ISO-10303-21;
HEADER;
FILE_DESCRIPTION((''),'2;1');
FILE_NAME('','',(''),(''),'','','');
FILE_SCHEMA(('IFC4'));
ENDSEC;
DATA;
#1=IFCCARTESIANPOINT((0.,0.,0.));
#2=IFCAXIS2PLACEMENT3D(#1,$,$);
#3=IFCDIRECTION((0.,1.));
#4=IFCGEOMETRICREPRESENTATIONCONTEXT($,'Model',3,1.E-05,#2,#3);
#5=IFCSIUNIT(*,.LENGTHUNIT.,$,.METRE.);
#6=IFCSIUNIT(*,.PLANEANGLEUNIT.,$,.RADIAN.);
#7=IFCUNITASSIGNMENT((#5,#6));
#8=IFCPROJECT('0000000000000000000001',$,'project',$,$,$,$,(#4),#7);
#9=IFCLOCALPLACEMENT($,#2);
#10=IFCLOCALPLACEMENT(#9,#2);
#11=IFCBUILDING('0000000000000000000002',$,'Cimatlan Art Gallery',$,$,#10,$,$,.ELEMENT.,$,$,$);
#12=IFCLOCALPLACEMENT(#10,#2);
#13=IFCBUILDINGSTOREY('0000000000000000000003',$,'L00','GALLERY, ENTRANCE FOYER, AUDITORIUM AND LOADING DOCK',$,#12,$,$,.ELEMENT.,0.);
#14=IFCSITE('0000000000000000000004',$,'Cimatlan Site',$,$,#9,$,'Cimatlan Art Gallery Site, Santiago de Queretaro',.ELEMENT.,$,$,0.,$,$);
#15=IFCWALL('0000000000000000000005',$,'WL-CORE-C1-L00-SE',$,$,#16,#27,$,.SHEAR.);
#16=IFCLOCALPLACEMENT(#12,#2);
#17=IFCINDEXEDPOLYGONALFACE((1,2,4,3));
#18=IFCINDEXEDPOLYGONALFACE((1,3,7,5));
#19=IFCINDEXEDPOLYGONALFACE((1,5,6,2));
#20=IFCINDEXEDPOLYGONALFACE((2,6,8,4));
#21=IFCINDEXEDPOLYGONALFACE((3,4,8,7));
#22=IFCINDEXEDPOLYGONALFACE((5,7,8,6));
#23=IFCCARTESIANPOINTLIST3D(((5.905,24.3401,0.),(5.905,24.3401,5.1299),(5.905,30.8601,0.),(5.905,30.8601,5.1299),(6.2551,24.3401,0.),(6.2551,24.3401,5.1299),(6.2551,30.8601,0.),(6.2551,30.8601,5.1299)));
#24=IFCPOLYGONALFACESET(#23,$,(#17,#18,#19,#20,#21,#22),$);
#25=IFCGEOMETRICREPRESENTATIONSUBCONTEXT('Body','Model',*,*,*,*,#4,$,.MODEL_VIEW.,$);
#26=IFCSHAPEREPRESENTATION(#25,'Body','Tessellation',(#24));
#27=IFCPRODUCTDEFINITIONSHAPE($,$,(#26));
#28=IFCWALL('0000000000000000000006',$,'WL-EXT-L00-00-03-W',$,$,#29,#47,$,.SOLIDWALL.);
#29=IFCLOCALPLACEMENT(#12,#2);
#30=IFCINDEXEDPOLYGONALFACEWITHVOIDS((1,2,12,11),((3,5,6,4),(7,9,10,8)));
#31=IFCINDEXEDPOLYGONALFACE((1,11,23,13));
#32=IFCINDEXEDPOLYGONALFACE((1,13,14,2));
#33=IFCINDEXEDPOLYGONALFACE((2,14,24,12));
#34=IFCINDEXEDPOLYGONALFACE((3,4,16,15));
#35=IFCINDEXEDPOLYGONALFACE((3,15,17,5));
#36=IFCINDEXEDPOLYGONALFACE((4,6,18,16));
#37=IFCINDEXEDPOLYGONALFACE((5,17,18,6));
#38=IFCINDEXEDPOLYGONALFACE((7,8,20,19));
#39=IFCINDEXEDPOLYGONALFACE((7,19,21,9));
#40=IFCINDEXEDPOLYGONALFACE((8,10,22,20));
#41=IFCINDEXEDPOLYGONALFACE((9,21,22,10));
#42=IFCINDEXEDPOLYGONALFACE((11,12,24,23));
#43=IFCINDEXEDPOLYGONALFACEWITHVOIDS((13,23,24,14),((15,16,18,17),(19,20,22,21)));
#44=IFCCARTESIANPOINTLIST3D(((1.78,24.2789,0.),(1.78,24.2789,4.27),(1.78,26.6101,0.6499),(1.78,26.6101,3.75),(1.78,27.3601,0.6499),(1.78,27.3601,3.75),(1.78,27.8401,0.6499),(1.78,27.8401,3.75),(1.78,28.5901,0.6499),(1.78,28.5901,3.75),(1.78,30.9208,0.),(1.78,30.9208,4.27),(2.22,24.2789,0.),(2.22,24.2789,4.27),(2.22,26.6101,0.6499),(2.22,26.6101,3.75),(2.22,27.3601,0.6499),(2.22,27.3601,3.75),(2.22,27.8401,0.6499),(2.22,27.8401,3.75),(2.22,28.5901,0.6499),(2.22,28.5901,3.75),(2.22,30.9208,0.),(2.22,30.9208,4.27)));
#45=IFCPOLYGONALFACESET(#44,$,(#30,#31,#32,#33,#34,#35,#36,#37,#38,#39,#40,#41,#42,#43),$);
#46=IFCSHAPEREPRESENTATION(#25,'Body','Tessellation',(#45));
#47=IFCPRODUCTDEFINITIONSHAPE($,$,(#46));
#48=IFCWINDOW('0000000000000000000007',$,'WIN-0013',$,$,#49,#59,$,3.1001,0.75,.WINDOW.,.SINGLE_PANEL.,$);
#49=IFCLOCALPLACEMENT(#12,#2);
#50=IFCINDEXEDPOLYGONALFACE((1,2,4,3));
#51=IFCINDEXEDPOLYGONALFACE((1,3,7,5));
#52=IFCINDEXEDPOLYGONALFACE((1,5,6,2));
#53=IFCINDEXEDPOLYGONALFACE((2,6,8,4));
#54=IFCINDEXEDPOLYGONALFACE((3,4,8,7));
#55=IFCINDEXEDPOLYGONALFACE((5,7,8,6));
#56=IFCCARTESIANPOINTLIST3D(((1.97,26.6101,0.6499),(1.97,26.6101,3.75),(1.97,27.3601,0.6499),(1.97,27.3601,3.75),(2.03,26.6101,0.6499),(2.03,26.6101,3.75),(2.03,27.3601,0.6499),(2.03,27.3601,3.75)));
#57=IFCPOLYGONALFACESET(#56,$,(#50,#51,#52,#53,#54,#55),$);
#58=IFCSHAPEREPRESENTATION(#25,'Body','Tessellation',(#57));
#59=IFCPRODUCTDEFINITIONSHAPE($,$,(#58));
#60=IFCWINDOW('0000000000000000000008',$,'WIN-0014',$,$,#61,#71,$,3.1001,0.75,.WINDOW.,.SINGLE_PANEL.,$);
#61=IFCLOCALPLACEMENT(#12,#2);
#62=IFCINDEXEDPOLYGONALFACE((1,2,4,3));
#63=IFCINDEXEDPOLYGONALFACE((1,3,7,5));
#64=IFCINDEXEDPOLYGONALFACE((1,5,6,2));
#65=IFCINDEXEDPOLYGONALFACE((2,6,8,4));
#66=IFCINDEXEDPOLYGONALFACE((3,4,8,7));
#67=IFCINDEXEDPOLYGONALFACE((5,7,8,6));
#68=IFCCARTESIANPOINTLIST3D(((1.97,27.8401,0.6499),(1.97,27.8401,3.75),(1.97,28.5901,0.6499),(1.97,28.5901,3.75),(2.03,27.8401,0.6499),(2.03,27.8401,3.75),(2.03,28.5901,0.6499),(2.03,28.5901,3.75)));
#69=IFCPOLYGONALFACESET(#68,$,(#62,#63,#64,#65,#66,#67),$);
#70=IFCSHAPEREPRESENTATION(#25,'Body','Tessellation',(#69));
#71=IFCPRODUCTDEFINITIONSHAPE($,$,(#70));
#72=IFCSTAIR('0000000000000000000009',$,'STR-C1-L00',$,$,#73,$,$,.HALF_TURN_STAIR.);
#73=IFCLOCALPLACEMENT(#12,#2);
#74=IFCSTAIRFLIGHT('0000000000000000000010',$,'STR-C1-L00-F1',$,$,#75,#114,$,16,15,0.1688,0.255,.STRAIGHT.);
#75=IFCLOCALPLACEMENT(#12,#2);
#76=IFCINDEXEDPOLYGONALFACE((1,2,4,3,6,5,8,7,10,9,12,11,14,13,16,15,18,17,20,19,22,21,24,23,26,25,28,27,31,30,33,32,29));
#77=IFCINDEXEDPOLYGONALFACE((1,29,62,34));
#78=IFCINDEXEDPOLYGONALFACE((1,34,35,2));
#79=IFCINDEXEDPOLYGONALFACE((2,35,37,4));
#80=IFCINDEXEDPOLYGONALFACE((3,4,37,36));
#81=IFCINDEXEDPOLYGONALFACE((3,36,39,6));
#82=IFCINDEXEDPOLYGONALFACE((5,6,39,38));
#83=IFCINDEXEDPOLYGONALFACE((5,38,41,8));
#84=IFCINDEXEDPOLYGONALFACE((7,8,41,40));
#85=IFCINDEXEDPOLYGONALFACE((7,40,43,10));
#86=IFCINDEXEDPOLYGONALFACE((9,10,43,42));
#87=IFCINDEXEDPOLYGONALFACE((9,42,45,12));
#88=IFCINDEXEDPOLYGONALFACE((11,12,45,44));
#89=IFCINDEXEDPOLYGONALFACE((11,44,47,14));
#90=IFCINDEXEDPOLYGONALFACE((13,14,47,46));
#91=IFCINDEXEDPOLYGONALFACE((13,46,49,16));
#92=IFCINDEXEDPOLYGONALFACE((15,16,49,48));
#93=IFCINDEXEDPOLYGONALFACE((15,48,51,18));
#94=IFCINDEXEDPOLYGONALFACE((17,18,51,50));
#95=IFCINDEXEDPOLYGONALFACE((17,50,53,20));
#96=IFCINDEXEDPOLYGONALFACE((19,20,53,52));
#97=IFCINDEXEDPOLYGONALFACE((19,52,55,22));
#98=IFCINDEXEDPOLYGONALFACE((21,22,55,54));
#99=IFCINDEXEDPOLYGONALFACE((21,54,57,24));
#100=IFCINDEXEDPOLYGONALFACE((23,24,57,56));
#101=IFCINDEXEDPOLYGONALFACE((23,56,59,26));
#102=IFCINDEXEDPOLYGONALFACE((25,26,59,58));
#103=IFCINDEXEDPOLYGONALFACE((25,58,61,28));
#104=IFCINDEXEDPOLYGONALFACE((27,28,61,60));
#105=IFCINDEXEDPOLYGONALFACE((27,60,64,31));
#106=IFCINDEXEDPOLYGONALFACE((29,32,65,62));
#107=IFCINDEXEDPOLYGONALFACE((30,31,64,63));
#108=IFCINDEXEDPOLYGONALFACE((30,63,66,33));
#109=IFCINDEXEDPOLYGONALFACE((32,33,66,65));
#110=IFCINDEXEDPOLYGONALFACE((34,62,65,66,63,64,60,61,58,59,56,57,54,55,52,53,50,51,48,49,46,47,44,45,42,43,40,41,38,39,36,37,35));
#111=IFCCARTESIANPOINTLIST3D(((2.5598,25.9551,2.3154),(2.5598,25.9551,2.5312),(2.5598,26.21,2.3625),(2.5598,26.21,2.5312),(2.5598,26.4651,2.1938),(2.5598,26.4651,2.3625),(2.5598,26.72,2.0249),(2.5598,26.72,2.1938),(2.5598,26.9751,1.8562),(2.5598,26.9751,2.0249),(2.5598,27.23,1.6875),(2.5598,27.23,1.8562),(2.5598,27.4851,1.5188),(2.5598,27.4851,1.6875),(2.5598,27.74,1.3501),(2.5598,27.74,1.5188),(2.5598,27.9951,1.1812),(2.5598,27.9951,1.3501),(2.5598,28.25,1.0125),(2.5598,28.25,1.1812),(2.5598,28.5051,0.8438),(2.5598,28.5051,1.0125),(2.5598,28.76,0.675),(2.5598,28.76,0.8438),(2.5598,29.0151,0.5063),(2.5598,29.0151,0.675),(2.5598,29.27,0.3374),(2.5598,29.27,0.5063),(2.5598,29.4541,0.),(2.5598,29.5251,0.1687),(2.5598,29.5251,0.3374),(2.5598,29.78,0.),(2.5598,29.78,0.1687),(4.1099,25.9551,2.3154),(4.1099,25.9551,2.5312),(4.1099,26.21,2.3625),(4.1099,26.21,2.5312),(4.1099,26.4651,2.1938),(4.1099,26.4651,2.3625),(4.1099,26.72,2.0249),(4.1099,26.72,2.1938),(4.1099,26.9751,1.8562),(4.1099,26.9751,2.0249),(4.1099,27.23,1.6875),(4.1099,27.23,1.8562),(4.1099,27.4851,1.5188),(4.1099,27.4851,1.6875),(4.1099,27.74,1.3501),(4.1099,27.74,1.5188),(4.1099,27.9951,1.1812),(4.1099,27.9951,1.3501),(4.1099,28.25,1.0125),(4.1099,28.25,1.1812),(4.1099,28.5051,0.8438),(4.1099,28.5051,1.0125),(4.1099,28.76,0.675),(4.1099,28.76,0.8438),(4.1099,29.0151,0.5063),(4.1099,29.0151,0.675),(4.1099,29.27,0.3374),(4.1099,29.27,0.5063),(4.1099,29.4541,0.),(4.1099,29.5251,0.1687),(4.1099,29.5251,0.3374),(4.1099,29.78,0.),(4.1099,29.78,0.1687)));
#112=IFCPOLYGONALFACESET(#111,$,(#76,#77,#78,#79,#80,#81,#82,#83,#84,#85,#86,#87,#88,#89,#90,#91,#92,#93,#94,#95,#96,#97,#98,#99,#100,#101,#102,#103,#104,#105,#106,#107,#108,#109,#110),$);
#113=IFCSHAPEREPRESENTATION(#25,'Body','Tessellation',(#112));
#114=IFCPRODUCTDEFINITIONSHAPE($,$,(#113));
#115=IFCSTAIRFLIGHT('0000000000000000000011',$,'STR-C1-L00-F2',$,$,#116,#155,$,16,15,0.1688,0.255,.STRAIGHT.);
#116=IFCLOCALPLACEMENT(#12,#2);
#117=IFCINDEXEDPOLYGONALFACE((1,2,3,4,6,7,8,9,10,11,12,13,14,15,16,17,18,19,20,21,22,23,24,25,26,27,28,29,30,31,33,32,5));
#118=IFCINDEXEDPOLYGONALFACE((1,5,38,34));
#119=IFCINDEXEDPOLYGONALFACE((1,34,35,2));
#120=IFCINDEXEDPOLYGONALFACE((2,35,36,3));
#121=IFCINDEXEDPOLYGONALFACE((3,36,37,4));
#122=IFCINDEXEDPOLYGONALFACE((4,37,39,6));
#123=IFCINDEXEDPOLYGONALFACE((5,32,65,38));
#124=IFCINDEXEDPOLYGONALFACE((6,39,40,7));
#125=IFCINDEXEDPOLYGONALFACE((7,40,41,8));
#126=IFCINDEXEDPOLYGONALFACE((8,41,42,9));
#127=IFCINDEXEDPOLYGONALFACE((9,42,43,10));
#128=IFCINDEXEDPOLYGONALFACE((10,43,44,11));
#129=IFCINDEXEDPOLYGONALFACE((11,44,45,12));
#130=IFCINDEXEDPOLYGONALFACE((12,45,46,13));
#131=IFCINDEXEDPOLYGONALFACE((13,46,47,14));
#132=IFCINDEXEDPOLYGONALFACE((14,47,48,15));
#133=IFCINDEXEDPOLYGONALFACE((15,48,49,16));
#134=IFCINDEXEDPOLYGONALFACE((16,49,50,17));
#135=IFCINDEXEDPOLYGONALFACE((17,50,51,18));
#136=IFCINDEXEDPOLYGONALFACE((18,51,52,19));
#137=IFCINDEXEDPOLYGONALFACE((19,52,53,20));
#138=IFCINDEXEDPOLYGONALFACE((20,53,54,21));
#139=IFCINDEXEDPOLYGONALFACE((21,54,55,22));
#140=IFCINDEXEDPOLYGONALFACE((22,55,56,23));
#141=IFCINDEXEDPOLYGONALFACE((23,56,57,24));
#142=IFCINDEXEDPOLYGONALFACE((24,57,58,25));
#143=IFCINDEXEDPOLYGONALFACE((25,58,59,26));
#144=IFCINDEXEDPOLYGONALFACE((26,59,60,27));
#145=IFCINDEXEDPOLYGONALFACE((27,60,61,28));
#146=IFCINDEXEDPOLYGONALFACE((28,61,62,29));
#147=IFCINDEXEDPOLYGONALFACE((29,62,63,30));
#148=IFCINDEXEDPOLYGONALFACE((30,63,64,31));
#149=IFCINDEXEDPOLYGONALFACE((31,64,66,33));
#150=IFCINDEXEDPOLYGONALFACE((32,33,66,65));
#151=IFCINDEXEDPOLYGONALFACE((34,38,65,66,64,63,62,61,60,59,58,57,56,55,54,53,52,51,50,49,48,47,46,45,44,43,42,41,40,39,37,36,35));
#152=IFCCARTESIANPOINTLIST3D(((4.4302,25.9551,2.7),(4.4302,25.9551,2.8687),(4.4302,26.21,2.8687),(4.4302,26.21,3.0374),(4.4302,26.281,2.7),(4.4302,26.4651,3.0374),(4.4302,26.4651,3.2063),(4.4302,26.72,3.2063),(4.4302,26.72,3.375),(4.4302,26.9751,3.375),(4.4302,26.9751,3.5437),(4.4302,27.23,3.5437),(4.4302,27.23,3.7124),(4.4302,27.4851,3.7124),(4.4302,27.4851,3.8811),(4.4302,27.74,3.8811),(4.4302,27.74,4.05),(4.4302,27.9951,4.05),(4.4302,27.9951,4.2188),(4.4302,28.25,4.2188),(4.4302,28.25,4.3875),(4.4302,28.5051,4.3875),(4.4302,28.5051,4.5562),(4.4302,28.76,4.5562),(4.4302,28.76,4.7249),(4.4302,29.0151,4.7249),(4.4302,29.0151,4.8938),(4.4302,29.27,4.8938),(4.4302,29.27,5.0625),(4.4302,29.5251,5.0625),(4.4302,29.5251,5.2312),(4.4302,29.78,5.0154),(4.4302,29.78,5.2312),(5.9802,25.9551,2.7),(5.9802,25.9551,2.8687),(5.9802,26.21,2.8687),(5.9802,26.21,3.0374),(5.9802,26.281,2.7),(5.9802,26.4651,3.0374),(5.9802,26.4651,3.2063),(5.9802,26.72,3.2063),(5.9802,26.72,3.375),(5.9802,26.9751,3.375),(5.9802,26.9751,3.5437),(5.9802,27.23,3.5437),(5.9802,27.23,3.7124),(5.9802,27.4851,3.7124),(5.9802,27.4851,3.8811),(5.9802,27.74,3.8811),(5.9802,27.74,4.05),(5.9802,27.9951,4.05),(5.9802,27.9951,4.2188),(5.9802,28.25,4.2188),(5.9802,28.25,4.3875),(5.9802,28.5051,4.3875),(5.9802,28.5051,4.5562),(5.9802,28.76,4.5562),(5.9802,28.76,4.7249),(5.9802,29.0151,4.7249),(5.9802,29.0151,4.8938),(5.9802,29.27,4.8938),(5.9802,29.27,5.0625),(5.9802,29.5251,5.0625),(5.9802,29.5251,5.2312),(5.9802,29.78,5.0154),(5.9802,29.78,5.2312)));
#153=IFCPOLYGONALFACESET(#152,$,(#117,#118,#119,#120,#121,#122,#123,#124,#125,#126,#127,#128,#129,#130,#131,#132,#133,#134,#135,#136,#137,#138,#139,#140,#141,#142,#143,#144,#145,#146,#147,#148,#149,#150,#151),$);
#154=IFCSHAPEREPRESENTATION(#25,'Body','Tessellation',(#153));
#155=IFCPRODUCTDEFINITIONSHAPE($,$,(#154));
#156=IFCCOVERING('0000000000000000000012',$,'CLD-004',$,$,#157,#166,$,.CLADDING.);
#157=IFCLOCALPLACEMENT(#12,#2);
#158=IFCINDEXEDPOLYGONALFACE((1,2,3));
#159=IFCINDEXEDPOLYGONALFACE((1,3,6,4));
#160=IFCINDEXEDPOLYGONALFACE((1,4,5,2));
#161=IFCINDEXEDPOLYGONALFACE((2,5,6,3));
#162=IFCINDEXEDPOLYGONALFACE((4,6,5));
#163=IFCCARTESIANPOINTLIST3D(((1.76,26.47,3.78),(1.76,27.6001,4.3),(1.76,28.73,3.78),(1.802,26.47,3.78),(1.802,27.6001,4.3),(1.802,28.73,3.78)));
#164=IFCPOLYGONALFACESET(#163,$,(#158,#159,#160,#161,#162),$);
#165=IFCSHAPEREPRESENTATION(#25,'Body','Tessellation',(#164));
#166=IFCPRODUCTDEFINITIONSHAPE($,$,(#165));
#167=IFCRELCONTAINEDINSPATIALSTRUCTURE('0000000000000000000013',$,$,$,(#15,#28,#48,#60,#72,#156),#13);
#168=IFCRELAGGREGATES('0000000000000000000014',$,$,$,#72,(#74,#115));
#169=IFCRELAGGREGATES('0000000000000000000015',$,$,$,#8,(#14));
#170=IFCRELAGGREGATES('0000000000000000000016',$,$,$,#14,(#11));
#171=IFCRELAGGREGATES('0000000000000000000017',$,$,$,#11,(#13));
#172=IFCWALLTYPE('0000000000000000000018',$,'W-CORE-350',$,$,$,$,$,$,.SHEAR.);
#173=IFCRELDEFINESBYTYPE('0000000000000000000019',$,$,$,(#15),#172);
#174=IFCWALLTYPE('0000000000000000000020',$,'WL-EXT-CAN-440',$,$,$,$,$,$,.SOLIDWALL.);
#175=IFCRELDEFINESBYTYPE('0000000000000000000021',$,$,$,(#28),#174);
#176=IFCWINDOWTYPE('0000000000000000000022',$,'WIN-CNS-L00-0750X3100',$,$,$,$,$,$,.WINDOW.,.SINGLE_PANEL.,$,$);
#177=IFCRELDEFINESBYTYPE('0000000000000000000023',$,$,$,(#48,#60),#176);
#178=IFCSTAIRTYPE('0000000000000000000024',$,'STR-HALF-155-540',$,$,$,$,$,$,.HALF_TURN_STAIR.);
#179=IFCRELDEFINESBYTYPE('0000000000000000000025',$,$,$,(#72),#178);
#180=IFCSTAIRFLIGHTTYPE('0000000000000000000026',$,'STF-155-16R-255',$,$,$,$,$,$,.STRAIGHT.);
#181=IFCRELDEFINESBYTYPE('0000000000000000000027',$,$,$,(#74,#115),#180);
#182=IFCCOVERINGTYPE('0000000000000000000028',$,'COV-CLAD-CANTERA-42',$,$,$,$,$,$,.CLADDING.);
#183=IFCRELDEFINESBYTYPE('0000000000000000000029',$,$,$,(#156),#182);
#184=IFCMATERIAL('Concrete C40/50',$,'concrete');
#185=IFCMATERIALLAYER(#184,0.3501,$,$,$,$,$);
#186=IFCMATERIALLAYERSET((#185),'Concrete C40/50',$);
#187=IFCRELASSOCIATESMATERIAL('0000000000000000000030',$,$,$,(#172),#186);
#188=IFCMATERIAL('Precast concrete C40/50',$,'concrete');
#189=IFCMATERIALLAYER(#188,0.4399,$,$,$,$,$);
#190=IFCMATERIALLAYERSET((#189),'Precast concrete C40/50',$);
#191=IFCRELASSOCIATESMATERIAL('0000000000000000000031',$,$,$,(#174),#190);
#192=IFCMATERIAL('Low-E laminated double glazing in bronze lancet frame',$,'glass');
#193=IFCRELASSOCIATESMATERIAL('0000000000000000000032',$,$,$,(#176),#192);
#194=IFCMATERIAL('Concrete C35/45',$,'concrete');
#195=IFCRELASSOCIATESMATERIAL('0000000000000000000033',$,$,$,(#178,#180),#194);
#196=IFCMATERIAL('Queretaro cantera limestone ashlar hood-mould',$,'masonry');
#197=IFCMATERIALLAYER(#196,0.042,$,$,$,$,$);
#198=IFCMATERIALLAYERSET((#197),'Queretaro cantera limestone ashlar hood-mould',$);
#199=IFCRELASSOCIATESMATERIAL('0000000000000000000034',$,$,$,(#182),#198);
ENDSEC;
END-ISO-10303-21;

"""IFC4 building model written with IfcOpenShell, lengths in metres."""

from ifc_helpers import new_model, si_unit, direction, frame, frame_2d, origin, place, context, subcontext, project, spatial, polyline, rectangle, outline, extrude, material, layer, layer_set, type_object, element, fill, aggregate, save


model = new_model("IFC4")

# Units and contexts
model_context = context("Model", 3, precision=1e-05, world=origin(), true_north=direction((0.0, 1.0)))
body_context = subcontext(model_context, "Body", "Model", "MODEL_VIEW")
ifc_project = project(units=[si_unit("LENGTHUNIT", "METRE"), si_unit("PLANEANGLEUNIT", "RADIAN")], contexts=[model_context])

# Site, building, storey
site_placement = place(None, origin())
site = spatial("IfcSite", under=ifc_project, at=site_placement, Name="Cimatlan Site", LongName="Cimatlan Art Gallery Site, Santiago de Queretaro", CompositionType="ELEMENT", RefElevation=0.0)
building_placement = place(site_placement, origin())
building = spatial("IfcBuilding", under=site, at=building_placement, Name="Cimatlan Art Gallery", CompositionType="ELEMENT")
storey_placement = place(building_placement, origin())
storey = spatial("IfcBuildingStorey", under=building, at=storey_placement, Name="L00", Description="GALLERY, ENTRANCE FOYER, AUDITORIUM AND LOADING DOCK", CompositionType="ELEMENT", Elevation=0.0)

# Shared definitions
ifc_material_1 = material(Name="Concrete C40/50", Category="concrete")

# Wall
ifc_layer_1 = layer(ifc_material_1, 0.3501)
ifc_layer_set_1 = layer_set([ifc_layer_1], Name="Concrete C40/50")
wall_type_1 = type_object("IfcWallType", Name="W-CORE-350", PredefinedType="SHEAR", material=ifc_layer_set_1)
wall_1_placement = place(storey_placement, frame((6.0801, 24.3401, 0.0), z_axis=(0.0, 0.0, 1.0), x_axis=(0.0, 1.0, 0.0)))
element("IfcWall", 1, at=wall_1_placement, inside=storey, type_object=wall_type_1, Name="WL-CORE-C1-L00-SE", PredefinedType="SHEAR", context=body_context, shape_type="SweptSolid", body=[
    extrude(rectangle(XDim=6.52, YDim=0.3501, at=frame_2d((3.26, 0.0))), origin(), (0.0, 0.0, 1.0), 5.1299),
])

# Wall, openings, windows
ifc_material_2 = material(Name="Precast concrete C40/50", Category="concrete")
ifc_layer_2 = layer(ifc_material_2, 0.4399)
ifc_layer_set_2 = layer_set([ifc_layer_2], Name="Precast concrete C40/50")
wall_type_2 = type_object("IfcWallType", Name="WL-EXT-CAN-440", PredefinedType="SOLIDWALL", material=ifc_layer_set_2)
wall_2_placement = place(storey_placement, frame((2.0, 24.2791, 0.0), z_axis=(0.0, 0.0, 1.0), x_axis=(0.0, 1.0, 0.0)))
wall_2 = element("IfcWall", 2, at=wall_2_placement, inside=storey, type_object=wall_type_2, Name="WL-EXT-L00-00-03-W", PredefinedType="SOLIDWALL", context=body_context, shape_type="SweptSolid", body=[
    extrude(rectangle(XDim=6.6418, YDim=0.4399, at=frame_2d((3.3208, 0.0))), origin(), (0.0, 0.0, 1.0), 4.27),
])
opening_1_placement = place(wall_2_placement, frame((2.3311, 0.0, 0.6499)))
opening_1 = element("IfcOpeningElement", 3, at=opening_1_placement, cuts=wall_2, PredefinedType="OPENING", context=body_context, shape_type="SweptSolid", body=[
    extrude(rectangle(XDim=0.75, YDim=3.1001, at=frame_2d((0.375, 1.55))), frame((0.0, 0.23, 0.0), z_axis=(0.0, -1.0, 0.0), x_axis=(1.0, 0.0, 0.0)), (0.0, 0.0, 1.0), 0.46),
])
opening_2_placement = place(wall_2_placement, frame((3.561, 0.0, 0.6499)))
opening_2 = element("IfcOpeningElement", 4, at=opening_2_placement, cuts=wall_2, PredefinedType="OPENING", context=body_context, shape_type="SweptSolid", body=[
    extrude(rectangle(XDim=0.75, YDim=3.1001, at=frame_2d((0.375, 1.55))), frame((0.0, 0.23, 0.0), z_axis=(0.0, -1.0, 0.0), x_axis=(1.0, 0.0, 0.0)), (0.0, 0.0, 1.0), 0.46),
])
ifc_material_3 = material(Name="Low-E laminated double glazing in bronze lancet frame", Category="glass")
window_type = type_object("IfcWindowType", Name="WIN-CNS-L00-0750X3100", PartitioningType="SINGLE_PANEL", PredefinedType="WINDOW", material=ifc_material_3)
window_1_placement = place(opening_1_placement, origin())
window_1 = element("IfcWindow", 5, at=window_1_placement, inside=storey, type_object=window_type, Name="WIN-0013", OverallHeight=3.1001, OverallWidth=0.75, PartitioningType="SINGLE_PANEL", PredefinedType="WINDOW", context=body_context, shape_type="SweptSolid", body=[
    extrude(rectangle(XDim=0.75, YDim=3.1001, at=frame_2d((0.375, 1.55))), frame((0.0, 0.03, 0.0), z_axis=(0.0, -1.0, 0.0), x_axis=(1.0, 0.0, 0.0)), (0.0, 0.0, 1.0), 0.0601),
])
fill(opening_1, window_1)
window_2_placement = place(opening_2_placement, origin())
window_2 = element("IfcWindow", 6, at=window_2_placement, inside=storey, type_object=window_type, Name="WIN-0014", OverallHeight=3.1001, OverallWidth=0.75, PartitioningType="SINGLE_PANEL", PredefinedType="WINDOW", context=body_context, shape_type="SweptSolid", body=[
    extrude(rectangle(XDim=0.75, YDim=3.1001, at=frame_2d((0.375, 1.55))), frame((0.0, 0.03, 0.0), z_axis=(0.0, -1.0, 0.0), x_axis=(1.0, 0.0, 0.0)), (0.0, 0.0, 1.0), 0.0601),
])
fill(opening_2, window_2)

# Stair, stair flights
ifc_material_4 = material(Name="Concrete C35/45", Category="concrete")
stair_type = type_object("IfcStairType", Name="STR-HALF-155-540", PredefinedType="HALF_TURN_STAIR", material=ifc_material_4)
stair_placement = place(storey_placement, origin())
stair = element("IfcStair", 7, at=stair_placement, inside=storey, type_object=stair_type, Name="STR-C1-L00", PredefinedType="HALF_TURN_STAIR")
stair_flight_type = type_object("IfcStairFlightType", Name="STF-155-16R-255", PredefinedType="STRAIGHT", material=ifc_material_4)
stair_flight_1_placement = place(storey_placement, frame((3.335, 29.78, 0.0), z_axis=(0.0, 0.0, 1.0), x_axis=(0.0, -1.0, 0.0)))
stair_flight_1 = element("IfcStairFlight", 8, at=stair_flight_1_placement, type_object=stair_flight_type, Name="STR-C1-L00-F1", NumberOfRisers=16, NumberOfTreads=15, PredefinedType="STRAIGHT", RiserHeight=0.1688, TreadLength=0.255, context=body_context, shape_type="SweptSolid", body=[
    extrude(outline(polyline([(0.0, 0.0), (0.0, 0.1687), (0.2549, 0.1687), (0.2549, 0.3374), (0.51, 0.3374), (0.51, 0.5063), (0.7649, 0.5063), (0.7649, 0.675), (1.02, 0.675), (1.02, 0.8438), (1.2749, 0.8438), (1.2749, 1.0125), (1.53, 1.0125), (1.53, 1.1812), (1.7849, 1.1812), (1.7849, 1.3501), (2.04, 1.3501), (2.04, 1.5188), (2.2949, 1.5188), (2.2949, 1.6875), (2.55, 1.6875), (2.55, 1.8562), (2.8049, 1.8562), (2.8049, 2.0249), (3.0601, 2.0249), (3.0601, 2.1938), (3.3149, 2.1938), (3.3149, 2.3625), (3.5701, 2.3625), (3.5701, 2.5312), (3.825, 2.5312), (3.825, 2.7), (3.825, 2.3154), (0.3259, 0.0), (0.0, 0.0)])), frame((0.0, 0.7749, 0.0), z_axis=(0.0, -1.0, 0.0), x_axis=(1.0, 0.0, 0.0)), (0.0, 0.0, 1.0), 1.55),
])
stair_flight_2_placement = place(storey_placement, frame((5.2051, 25.9551, 2.7), z_axis=(0.0, 0.0, 1.0), x_axis=(0.0, 1.0, 0.0)))
stair_flight_2 = element("IfcStairFlight", 9, at=stair_flight_2_placement, type_object=stair_flight_type, Name="STR-C1-L00-F2", NumberOfRisers=16, NumberOfTreads=15, PredefinedType="STRAIGHT", RiserHeight=0.1688, TreadLength=0.255, context=body_context, shape_type="SweptSolid", body=[
    extrude(outline(polyline([(0.0, 0.0), (0.0, 0.1687), (0.2549, 0.1687), (0.2549, 0.3374), (0.51, 0.3374), (0.51, 0.5063), (0.7649, 0.5063), (0.7649, 0.675), (1.02, 0.675), (1.02, 0.8438), (1.2749, 0.8438), (1.2749, 1.0125), (1.53, 1.0125), (1.53, 1.1812), (1.7849, 1.1812), (1.7849, 1.3501), (2.04, 1.3501), (2.04, 1.5188), (2.2949, 1.5188), (2.2949, 1.6875), (2.55, 1.6875), (2.55, 1.8562), (2.8049, 1.8562), (2.8049, 2.0249), (3.0601, 2.0249), (3.0601, 2.1938), (3.3149, 2.1938), (3.3149, 2.3625), (3.5701, 2.3625), (3.5701, 2.5312), (3.825, 2.5312), (3.825, 2.7), (3.825, 2.3154), (0.3259, 0.0), (0.0, 0.0)])), frame((0.0, 0.7749, 0.0), z_axis=(0.0, -1.0, 0.0), x_axis=(1.0, 0.0, 0.0)), (0.0, 0.0, 1.0), 1.55),
])
aggregate(stair, [stair_flight_1, stair_flight_2])

# Covering
ifc_material_5 = material(Name="Queretaro cantera limestone ashlar hood-mould", Category="masonry")
ifc_layer_3 = layer(ifc_material_5, 0.042)
ifc_layer_set_3 = layer_set([ifc_layer_3], Name="Queretaro cantera limestone ashlar hood-mould")
covering_type = type_object("IfcCoveringType", Name="COV-CLAD-CANTERA-42", PredefinedType="CLADDING", material=ifc_layer_set_3)
covering_placement = place(storey_placement, frame((1.802, 26.47, 3.78), z_axis=(1.0, 0.0, 0.0), x_axis=(0.0, 1.0, 0.0)))
element("IfcCovering", 10, at=covering_placement, inside=storey, type_object=covering_type, Name="CLD-004", PredefinedType="CLADDING", context=body_context, shape_type="SweptSolid", body=[
    extrude(outline(polyline([(0.0, 0.0), (2.26, 0.0), (1.1301, 0.52), (0.0, 0.0)])), origin(), (0.0, 0.0, -1.0), 0.042),
])

save(model, "model.ifc")
